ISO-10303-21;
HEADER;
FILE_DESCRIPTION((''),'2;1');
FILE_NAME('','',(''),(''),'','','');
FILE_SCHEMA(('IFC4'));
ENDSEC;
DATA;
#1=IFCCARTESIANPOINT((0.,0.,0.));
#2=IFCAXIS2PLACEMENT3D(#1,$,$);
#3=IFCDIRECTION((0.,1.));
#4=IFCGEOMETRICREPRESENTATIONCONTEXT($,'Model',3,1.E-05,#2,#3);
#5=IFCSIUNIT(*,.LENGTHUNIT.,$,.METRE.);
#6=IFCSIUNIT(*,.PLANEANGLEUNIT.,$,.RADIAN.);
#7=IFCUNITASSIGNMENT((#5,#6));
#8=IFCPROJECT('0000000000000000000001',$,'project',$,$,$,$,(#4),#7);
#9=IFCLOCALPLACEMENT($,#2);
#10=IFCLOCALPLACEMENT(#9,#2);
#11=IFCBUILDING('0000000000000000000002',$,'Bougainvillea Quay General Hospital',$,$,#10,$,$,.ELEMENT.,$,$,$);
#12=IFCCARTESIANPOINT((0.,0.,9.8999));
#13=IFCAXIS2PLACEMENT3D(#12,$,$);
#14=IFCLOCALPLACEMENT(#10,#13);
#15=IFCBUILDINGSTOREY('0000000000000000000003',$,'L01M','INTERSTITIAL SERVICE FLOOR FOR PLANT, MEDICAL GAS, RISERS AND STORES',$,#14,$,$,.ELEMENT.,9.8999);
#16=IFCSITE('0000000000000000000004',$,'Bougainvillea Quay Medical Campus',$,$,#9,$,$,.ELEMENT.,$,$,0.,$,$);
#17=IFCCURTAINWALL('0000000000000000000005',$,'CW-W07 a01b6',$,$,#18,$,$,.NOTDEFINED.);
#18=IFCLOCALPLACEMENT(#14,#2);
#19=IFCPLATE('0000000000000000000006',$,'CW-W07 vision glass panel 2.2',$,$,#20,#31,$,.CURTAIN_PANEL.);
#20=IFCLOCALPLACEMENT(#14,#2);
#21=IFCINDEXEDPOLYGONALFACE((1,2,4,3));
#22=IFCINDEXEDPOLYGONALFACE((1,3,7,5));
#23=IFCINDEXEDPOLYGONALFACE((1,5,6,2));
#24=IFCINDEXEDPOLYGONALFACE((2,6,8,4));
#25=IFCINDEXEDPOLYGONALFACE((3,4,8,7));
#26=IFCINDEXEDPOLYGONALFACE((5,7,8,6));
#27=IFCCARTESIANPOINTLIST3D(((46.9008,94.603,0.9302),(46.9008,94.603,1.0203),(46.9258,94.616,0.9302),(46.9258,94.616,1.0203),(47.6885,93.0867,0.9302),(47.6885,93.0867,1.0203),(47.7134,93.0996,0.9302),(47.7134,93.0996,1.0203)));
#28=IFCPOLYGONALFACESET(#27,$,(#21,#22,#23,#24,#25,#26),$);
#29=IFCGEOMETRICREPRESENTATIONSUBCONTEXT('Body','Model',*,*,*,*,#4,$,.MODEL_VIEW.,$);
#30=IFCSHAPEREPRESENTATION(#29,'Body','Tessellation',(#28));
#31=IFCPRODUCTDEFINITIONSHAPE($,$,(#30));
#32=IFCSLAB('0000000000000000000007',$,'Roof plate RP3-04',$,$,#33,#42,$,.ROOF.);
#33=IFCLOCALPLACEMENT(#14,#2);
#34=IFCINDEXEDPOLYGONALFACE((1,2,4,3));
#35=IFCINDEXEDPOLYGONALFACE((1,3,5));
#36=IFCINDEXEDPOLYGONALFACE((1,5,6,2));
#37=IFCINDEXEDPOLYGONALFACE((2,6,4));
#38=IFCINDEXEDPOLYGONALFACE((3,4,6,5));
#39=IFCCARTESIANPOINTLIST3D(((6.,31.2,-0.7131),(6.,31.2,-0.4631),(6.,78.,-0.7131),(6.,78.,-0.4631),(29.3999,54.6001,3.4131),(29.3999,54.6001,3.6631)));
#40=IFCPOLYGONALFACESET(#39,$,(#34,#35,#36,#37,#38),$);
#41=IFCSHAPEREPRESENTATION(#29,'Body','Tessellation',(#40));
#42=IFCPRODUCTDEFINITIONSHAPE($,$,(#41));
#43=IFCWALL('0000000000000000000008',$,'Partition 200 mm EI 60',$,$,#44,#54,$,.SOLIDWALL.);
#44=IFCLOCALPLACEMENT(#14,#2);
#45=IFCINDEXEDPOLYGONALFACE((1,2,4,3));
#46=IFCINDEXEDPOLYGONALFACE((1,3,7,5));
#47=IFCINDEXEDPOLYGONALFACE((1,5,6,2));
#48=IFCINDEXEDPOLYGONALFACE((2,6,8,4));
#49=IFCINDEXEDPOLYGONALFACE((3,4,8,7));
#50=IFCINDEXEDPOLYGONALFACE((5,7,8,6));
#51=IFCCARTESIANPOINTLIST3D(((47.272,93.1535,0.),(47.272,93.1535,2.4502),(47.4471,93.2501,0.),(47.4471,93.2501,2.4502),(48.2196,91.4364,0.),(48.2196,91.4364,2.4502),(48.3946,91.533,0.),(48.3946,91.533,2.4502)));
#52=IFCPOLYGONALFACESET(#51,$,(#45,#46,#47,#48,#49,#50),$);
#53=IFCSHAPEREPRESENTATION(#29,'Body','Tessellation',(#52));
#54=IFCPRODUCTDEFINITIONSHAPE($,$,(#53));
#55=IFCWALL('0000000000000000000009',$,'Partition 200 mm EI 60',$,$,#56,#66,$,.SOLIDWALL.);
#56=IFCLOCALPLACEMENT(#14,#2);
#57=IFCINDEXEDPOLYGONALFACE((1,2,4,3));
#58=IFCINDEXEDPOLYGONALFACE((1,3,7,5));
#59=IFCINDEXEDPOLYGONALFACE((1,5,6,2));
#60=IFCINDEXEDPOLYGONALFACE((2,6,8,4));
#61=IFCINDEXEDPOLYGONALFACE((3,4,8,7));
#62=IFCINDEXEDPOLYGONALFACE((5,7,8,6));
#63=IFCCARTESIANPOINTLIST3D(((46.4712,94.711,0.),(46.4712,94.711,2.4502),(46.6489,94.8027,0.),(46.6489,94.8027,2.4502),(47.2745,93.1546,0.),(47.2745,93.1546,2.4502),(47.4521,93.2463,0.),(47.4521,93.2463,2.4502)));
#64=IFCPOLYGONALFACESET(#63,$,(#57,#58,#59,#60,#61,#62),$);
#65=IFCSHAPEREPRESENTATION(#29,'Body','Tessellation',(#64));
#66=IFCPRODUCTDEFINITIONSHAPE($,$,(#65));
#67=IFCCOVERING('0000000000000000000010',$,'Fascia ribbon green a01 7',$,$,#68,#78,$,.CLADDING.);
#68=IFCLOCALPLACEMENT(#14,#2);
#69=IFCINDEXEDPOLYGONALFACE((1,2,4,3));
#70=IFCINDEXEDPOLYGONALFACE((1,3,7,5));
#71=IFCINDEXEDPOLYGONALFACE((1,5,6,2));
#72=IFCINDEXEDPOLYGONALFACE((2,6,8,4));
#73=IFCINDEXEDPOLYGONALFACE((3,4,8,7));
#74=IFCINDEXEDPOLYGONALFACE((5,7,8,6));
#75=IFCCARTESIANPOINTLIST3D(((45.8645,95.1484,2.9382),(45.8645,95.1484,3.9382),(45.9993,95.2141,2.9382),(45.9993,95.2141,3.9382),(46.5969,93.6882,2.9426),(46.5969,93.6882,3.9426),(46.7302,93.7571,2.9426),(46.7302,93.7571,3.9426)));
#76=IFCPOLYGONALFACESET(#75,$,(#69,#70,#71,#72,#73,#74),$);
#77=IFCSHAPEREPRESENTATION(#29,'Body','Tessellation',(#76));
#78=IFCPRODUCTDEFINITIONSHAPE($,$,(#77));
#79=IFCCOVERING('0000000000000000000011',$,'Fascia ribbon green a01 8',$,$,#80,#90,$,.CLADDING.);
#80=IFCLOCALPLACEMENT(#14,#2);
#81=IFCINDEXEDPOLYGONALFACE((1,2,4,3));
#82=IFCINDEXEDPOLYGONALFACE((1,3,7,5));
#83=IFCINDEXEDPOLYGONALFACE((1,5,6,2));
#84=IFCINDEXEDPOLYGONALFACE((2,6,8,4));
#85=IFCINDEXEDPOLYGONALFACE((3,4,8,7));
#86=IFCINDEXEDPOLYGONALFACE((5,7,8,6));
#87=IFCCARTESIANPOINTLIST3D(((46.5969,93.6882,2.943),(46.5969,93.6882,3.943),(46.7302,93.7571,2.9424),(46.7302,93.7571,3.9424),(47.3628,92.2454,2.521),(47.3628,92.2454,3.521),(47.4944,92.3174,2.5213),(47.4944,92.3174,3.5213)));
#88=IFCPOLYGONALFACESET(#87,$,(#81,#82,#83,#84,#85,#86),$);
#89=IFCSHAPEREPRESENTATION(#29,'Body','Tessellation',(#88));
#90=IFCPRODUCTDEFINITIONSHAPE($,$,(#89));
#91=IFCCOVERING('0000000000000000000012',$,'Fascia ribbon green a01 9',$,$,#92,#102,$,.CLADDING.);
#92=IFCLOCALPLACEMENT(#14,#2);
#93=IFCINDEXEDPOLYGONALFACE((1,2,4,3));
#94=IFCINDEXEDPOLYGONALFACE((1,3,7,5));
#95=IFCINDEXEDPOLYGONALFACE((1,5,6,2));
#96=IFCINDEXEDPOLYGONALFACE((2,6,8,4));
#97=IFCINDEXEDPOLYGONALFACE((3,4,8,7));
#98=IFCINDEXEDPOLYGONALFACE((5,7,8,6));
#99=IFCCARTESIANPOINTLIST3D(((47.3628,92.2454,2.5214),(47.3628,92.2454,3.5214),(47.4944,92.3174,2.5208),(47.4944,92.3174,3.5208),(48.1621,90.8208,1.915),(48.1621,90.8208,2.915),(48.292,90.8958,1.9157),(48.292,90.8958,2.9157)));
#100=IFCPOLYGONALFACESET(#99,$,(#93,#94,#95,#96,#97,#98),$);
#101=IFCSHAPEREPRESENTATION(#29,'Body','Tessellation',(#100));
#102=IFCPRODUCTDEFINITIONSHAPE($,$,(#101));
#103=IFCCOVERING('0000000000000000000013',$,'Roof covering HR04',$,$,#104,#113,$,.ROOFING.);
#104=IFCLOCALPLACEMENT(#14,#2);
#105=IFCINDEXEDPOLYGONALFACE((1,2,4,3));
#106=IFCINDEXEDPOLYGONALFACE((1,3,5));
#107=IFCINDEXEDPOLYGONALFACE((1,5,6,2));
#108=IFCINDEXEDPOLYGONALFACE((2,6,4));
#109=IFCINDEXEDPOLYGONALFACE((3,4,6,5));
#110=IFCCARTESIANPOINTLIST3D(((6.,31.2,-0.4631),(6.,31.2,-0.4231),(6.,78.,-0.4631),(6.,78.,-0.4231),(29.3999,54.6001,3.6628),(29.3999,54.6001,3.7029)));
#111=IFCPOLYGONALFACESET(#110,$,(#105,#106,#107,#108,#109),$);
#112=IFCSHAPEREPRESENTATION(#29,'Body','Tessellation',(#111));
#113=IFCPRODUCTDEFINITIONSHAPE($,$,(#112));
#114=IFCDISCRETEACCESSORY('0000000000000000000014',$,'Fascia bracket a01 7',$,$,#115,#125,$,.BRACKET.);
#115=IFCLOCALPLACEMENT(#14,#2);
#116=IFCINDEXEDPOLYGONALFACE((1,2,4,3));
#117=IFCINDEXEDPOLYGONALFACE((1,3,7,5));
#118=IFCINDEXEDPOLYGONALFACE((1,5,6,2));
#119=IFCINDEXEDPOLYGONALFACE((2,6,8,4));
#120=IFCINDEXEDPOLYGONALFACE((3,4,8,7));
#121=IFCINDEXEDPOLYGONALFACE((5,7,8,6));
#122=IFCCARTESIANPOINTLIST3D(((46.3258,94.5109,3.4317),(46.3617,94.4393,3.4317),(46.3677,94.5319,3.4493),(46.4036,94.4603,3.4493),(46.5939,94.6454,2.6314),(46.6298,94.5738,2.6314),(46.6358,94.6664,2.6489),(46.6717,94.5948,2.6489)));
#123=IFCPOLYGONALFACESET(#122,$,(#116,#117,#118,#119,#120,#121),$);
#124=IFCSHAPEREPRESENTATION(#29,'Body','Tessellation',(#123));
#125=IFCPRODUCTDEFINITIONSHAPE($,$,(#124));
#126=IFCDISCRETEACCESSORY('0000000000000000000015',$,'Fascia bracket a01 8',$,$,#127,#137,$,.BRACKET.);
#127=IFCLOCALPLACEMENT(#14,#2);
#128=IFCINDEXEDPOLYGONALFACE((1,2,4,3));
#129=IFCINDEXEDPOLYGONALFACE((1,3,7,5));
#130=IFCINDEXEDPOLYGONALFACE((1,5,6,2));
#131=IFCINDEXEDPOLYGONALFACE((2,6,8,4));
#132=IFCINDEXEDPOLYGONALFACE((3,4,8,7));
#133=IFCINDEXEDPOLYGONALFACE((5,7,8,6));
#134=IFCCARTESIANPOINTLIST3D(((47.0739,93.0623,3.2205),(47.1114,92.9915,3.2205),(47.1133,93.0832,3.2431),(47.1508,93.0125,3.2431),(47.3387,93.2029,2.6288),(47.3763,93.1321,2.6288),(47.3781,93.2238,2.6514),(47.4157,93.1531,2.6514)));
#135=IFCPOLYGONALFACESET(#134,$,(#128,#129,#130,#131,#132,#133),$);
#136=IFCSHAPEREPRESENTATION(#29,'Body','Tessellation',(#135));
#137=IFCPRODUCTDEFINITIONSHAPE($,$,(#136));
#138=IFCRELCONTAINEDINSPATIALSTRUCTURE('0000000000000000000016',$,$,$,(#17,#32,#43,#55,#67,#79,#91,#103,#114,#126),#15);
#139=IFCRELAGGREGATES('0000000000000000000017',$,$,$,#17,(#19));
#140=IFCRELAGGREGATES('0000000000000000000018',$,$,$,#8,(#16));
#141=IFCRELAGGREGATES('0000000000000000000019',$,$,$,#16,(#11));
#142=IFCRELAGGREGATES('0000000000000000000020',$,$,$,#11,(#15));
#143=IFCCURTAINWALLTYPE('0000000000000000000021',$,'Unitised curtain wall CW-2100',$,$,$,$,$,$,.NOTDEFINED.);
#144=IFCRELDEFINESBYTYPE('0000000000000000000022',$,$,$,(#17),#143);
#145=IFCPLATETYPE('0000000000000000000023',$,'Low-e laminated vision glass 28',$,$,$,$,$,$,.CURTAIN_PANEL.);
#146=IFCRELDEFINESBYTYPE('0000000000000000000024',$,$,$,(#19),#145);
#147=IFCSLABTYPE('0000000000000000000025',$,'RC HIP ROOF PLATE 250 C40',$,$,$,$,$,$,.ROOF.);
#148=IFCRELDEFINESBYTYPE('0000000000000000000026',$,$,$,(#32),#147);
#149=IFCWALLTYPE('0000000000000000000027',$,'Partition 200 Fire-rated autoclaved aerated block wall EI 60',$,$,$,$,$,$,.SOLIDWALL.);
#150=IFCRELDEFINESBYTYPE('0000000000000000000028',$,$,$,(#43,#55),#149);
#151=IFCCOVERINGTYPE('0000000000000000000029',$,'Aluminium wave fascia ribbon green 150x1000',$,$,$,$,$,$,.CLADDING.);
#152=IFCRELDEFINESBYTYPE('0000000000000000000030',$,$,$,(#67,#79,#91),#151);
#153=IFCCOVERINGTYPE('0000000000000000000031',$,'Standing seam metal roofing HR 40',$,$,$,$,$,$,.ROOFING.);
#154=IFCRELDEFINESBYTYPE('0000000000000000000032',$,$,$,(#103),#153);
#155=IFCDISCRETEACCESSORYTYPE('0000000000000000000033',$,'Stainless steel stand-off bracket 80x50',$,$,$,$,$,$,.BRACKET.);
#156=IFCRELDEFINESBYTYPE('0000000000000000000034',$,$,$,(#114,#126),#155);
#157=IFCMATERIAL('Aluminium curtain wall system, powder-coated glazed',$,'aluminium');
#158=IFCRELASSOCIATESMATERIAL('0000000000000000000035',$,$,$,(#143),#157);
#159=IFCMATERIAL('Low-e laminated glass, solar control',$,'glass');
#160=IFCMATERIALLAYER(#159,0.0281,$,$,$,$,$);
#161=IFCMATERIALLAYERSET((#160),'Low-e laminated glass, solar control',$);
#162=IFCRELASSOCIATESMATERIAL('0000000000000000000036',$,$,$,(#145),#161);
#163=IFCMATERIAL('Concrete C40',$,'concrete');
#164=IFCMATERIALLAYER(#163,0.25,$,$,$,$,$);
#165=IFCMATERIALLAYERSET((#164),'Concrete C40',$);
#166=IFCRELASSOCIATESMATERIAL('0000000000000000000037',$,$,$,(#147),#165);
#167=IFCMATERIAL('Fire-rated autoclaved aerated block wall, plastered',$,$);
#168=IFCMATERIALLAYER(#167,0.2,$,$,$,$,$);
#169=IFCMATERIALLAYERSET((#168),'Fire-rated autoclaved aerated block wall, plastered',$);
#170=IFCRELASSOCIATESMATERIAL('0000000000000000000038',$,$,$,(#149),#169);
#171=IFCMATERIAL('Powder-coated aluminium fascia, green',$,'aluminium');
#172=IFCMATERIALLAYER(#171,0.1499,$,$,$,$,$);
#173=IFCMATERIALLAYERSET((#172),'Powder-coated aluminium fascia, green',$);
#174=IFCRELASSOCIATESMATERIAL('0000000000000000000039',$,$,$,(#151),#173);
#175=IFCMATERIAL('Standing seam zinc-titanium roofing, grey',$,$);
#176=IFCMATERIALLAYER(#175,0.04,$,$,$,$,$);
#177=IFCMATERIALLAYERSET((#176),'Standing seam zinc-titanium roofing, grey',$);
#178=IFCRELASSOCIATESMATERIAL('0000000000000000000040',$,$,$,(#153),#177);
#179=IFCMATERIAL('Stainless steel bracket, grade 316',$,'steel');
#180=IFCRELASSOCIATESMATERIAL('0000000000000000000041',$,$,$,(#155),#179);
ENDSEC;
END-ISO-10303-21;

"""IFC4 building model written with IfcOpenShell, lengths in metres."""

from ifc_helpers import new_model, si_unit, direction, frame, frame_2d, origin, origin_2d, place, context, subcontext, project, spatial, polyline, rectangle, outline, extrude, material, layer, layer_set, material_profile, profile_set, type_object, element, aggregate, save


model = new_model("IFC4")

# Units and contexts
model_context = context("Model", 3, precision=1e-05, world=origin(), true_north=direction((0.0, 1.0)))
body_context = subcontext(model_context, "Body", "Model", "MODEL_VIEW")
ifc_project = project(units=[si_unit("LENGTHUNIT", "METRE"), si_unit("PLANEANGLEUNIT", "RADIAN")], contexts=[model_context])

# Site, building, storey
site_placement = place(None, origin())
site = spatial("IfcSite", under=ifc_project, at=site_placement, Name="Bougainvillea Quay Medical Campus", CompositionType="ELEMENT", RefElevation=0.0)
building_placement = place(site_placement, origin())
building = spatial("IfcBuilding", under=site, at=building_placement, Name="Bougainvillea Quay General Hospital", CompositionType="ELEMENT")
storey_placement = place(building_placement, frame((0.0, 0.0, 9.8999)))
storey = spatial("IfcBuildingStorey", under=building, at=storey_placement, Name="L01M", Description="INTERSTITIAL SERVICE FLOOR FOR PLANT, MEDICAL GAS, RISERS AND STORES", CompositionType="ELEMENT", Elevation=9.8999)

# Curtain wall, plate
ifc_material_1 = material(Name="Aluminium curtain wall system, powder-coated glazed", Category="aluminium")
curtain_wall_type = type_object("IfcCurtainWallType", Name="Unitised curtain wall CW-2100", PredefinedType="NOTDEFINED", material=ifc_material_1)
curtain_wall_placement = place(storey_placement, origin())
curtain_wall = element("IfcCurtainWall", 1, at=curtain_wall_placement, inside=storey, type_object=curtain_wall_type, Name="CW-W07 a01b6", PredefinedType="NOTDEFINED")
ifc_material_2 = material(Name="Low-e laminated glass, solar control", Category="glass")
ifc_layer_1 = layer(ifc_material_2, 0.0281)
ifc_layer_set_1 = layer_set([ifc_layer_1], Name="Low-e laminated glass, solar control")
plate_type_1 = type_object("IfcPlateType", Name="Low-e laminated vision glass 28", PredefinedType="CURTAIN_PANEL", material=ifc_layer_set_1)
plate_1_placement = place(storey_placement, frame((47.3071, 93.8513, 0.9302), z_axis=(0.0, 0.0, 1.0), x_axis=(-0.460951, 0.887426, 0.0)))
plate_1 = element("IfcPlate", 2, at=plate_1_placement, type_object=plate_type_1, Name="CW-W07 vision glass panel 2.2", PredefinedType="CURTAIN_PANEL", context=body_context, shape_type="SweptSolid", body=[
    extrude(rectangle(XDim=1.7087, YDim=0.0281, at=origin_2d()), origin(), (0.0, 0.0, 1.0), 0.0901),
])
aggregate(curtain_wall, [plate_1])

# Slab
ifc_material_3 = material(Name="Concrete C40", Category="concrete")
ifc_layer_2 = layer(ifc_material_3, 0.25)
ifc_layer_set_2 = layer_set([ifc_layer_2], Name="Concrete C40")
slab_type = type_object("IfcSlabType", Name="RC HIP ROOF PLATE 250 C40", PredefinedType="ROOF", material=ifc_layer_set_2)
slab_placement = place(storey_placement, frame((6.0, 78.0, -0.4631), z_axis=(-0.173656, 0.0, 0.984806), x_axis=(0.0, -1.0, 0.0)))
element("IfcSlab", 3, at=slab_placement, inside=storey, type_object=slab_type, Name="Roof plate RP3-04", PredefinedType="ROOF", context=body_context, shape_type="SweptSolid", body=[
    extrude(outline(polyline([(0.0, 0.0), (46.8, 0.0), (23.3999, 23.7609), (0.0, 0.0)])), origin(), (0.0, -0.173656, -0.984806), 0.25),
])

# Walls
ifc_material_4 = material(Name="Fire-rated autoclaved aerated block wall, plastered")
ifc_layer_3 = layer(ifc_material_4, 0.2)
ifc_layer_set_3 = layer_set([ifc_layer_3], Name="Fire-rated autoclaved aerated block wall, plastered")
wall_type = type_object("IfcWallType", Name="Partition 200 Fire-rated autoclaved aerated block wall EI 60", PredefinedType="SOLIDWALL", material=ifc_layer_set_3)
wall_1_placement = place(storey_placement, frame((47.3596, 93.2017, 0.0), z_axis=(0.0, 0.0, 1.0), x_axis=(0.483146, -0.87554, 0.0)))
element("IfcWall", 4, at=wall_1_placement, inside=storey, type_object=wall_type, Name="Partition 200 mm EI 60", PredefinedType="SOLIDWALL", context=body_context, shape_type="SweptSolid", body=[
    extrude(rectangle(XDim=1.9612, YDim=0.2, at=frame_2d((0.9805, 0.0))), origin(), (0.0, 0.0, 1.0), 2.4502),
])
wall_2_placement = place(storey_placement, frame((46.5601, 94.7568, 0.0), z_axis=(0.0, 0.0, 1.0), x_axis=(0.458607, -0.888639, 0.0)))
element("IfcWall", 5, at=wall_2_placement, inside=storey, type_object=wall_type, Name="Partition 200 mm EI 60", PredefinedType="SOLIDWALL", context=body_context, shape_type="SweptSolid", body=[
    extrude(rectangle(XDim=1.7515, YDim=0.2, at=frame_2d((0.8757, 0.0))), origin(), (0.0, 0.0, 1.0), 2.4502),
])

# Coverings
ifc_material_5 = material(Name="Powder-coated aluminium fascia, green", Category="aluminium")
ifc_layer_4 = layer(ifc_material_5, 0.1499)
ifc_layer_set_4 = layer_set([ifc_layer_4], Name="Powder-coated aluminium fascia, green")
covering_type_1 = type_object("IfcCoveringType", Name="Aluminium wave fascia ribbon green 150x1000", PredefinedType="CLADDING", material=ifc_layer_set_4)
covering_1_placement = place(storey_placement, frame((45.9993, 95.2141, 2.9382), z_axis=(-0.001208, 0.002407, 0.999996), x_axis=(0.44841, -0.893824, 0.002693)))
element("IfcCovering", 6, at=covering_1_placement, inside=storey, type_object=covering_type_1, Name="Fascia ribbon green a01 7", PredefinedType="CLADDING", context=body_context, shape_type="SweptSolid", body=[
    extrude(outline(polyline([(0.0, 0.0), (1.6301, 0.0), (1.6319, -0.15), (-0.0017, -0.1499), (0.0, 0.0)])), origin(), (0.002693, 0.0, 0.999996), 1.0),
])
covering_2_placement = place(storey_placement, frame((46.7302, 93.7571, 2.9424), z_axis=(0.118131, -0.220456, 0.968217), x_axis=(0.45393, -0.855215, -0.25011)))
element("IfcCovering", 7, at=covering_2_placement, inside=storey, type_object=covering_type_1, Name="Fascia ribbon green a01 8", PredefinedType="CLADDING", context=body_context, shape_type="SweptSolid", body=[
    extrude(outline(polyline([(0.0, 0.0), (1.6835, 0.0), (1.6854, -0.15), (-0.0018, -0.15), (0.0, 0.0)])), origin(), (-0.25011, -0.000955, 0.968217), 1.0),
])
covering_3_placement = place(storey_placement, frame((47.4944, 92.3174, 2.5208), z_axis=(0.170514, -0.303356, 0.937497), x_axis=(0.458718, -0.817605, -0.347994)))
element("IfcCovering", 8, at=covering_3_placement, inside=storey, type_object=covering_type_1, Name="Fascia ribbon green a01 9", PredefinedType="CLADDING", context=body_context, shape_type="SweptSolid", body=[
    extrude(outline(polyline([(0.0, 0.0), (1.7387, 0.0), (1.7407, -0.1499), (-0.0017, -0.15), (0.0, 0.0)])), origin(), (-0.347994, -0.000258, 0.937497), 1.0),
])
ifc_material_6 = material(Name="Standing seam zinc-titanium roofing, grey")
ifc_layer_5 = layer(ifc_material_6, 0.04)
ifc_layer_set_5 = layer_set([ifc_layer_5], Name="Standing seam zinc-titanium roofing, grey")
covering_type_2 = type_object("IfcCoveringType", Name="Standing seam metal roofing HR 40", PredefinedType="ROOFING", material=ifc_layer_set_5)
covering_4_placement = place(storey_placement, frame((6.0, 78.0, -0.4231), z_axis=(-0.173646, 0.0, 0.984808), x_axis=(0.0, -1.0, 0.0)))
element("IfcCovering", 9, at=covering_4_placement, inside=storey, type_object=covering_type_2, Name="Roof covering HR04", PredefinedType="ROOFING", context=body_context, shape_type="SweptSolid", body=[
    extrude(outline(polyline([(0.0, 0.0), (46.8, 0.0), (23.3999, 23.7609), (0.0, 0.0)])), origin(), (0.0, -0.173646, -0.984808), 0.04),
])

# Discrete accessories
ifc_material_7 = material(Name="Stainless steel bracket, grade 316", Category="steel")
ifc_material_profile_1 = material_profile(ifc_material_7, rectangle(XDim=0.0801, YDim=0.05, at=origin_2d()))
ifc_profile_set_1 = profile_set([ifc_material_profile_1], Name="Stainless steel bracket, grade 316")
discrete_accessory_type = type_object("IfcDiscreteAccessoryType", Name="Stainless steel stand-off bracket 80x50", PredefinedType="BRACKET", material=ifc_profile_set_1)
discrete_accessory_1_placement = place(storey_placement, frame((46.6328, 94.6201, 2.6401), z_axis=(-0.313657, -0.1574, 0.9364), x_axis=(0.448516, -0.893775, 0.0)))
element("IfcDiscreteAccessory", 10, at=discrete_accessory_1_placement, inside=storey, type_object=discrete_accessory_type, Name="Fascia bracket a01 7", PredefinedType="BRACKET", context=body_context, shape_type="SweptSolid", body=[
    extrude(rectangle(XDim=0.0801, YDim=0.05, at=origin_2d()), origin(), (0.0, 0.0, 1.0), 0.8547),
])
discrete_accessory_2_placement = place(storey_placement, frame((47.3772, 93.178, 2.6401), z_axis=(-0.399265, -0.21196, 0.891998), x_axis=(0.468897, -0.883253, 0.0)))
element("IfcDiscreteAccessory", 11, at=discrete_accessory_2_placement, inside=storey, type_object=discrete_accessory_type, Name="Fascia bracket a01 8", PredefinedType="BRACKET", context=body_context, shape_type="SweptSolid", body=[
    extrude(rectangle(XDim=0.0801, YDim=0.05, at=origin_2d()), origin(), (0.0, 0.0, 1.0), 0.6633),
])

save(model, "model.ifc")
